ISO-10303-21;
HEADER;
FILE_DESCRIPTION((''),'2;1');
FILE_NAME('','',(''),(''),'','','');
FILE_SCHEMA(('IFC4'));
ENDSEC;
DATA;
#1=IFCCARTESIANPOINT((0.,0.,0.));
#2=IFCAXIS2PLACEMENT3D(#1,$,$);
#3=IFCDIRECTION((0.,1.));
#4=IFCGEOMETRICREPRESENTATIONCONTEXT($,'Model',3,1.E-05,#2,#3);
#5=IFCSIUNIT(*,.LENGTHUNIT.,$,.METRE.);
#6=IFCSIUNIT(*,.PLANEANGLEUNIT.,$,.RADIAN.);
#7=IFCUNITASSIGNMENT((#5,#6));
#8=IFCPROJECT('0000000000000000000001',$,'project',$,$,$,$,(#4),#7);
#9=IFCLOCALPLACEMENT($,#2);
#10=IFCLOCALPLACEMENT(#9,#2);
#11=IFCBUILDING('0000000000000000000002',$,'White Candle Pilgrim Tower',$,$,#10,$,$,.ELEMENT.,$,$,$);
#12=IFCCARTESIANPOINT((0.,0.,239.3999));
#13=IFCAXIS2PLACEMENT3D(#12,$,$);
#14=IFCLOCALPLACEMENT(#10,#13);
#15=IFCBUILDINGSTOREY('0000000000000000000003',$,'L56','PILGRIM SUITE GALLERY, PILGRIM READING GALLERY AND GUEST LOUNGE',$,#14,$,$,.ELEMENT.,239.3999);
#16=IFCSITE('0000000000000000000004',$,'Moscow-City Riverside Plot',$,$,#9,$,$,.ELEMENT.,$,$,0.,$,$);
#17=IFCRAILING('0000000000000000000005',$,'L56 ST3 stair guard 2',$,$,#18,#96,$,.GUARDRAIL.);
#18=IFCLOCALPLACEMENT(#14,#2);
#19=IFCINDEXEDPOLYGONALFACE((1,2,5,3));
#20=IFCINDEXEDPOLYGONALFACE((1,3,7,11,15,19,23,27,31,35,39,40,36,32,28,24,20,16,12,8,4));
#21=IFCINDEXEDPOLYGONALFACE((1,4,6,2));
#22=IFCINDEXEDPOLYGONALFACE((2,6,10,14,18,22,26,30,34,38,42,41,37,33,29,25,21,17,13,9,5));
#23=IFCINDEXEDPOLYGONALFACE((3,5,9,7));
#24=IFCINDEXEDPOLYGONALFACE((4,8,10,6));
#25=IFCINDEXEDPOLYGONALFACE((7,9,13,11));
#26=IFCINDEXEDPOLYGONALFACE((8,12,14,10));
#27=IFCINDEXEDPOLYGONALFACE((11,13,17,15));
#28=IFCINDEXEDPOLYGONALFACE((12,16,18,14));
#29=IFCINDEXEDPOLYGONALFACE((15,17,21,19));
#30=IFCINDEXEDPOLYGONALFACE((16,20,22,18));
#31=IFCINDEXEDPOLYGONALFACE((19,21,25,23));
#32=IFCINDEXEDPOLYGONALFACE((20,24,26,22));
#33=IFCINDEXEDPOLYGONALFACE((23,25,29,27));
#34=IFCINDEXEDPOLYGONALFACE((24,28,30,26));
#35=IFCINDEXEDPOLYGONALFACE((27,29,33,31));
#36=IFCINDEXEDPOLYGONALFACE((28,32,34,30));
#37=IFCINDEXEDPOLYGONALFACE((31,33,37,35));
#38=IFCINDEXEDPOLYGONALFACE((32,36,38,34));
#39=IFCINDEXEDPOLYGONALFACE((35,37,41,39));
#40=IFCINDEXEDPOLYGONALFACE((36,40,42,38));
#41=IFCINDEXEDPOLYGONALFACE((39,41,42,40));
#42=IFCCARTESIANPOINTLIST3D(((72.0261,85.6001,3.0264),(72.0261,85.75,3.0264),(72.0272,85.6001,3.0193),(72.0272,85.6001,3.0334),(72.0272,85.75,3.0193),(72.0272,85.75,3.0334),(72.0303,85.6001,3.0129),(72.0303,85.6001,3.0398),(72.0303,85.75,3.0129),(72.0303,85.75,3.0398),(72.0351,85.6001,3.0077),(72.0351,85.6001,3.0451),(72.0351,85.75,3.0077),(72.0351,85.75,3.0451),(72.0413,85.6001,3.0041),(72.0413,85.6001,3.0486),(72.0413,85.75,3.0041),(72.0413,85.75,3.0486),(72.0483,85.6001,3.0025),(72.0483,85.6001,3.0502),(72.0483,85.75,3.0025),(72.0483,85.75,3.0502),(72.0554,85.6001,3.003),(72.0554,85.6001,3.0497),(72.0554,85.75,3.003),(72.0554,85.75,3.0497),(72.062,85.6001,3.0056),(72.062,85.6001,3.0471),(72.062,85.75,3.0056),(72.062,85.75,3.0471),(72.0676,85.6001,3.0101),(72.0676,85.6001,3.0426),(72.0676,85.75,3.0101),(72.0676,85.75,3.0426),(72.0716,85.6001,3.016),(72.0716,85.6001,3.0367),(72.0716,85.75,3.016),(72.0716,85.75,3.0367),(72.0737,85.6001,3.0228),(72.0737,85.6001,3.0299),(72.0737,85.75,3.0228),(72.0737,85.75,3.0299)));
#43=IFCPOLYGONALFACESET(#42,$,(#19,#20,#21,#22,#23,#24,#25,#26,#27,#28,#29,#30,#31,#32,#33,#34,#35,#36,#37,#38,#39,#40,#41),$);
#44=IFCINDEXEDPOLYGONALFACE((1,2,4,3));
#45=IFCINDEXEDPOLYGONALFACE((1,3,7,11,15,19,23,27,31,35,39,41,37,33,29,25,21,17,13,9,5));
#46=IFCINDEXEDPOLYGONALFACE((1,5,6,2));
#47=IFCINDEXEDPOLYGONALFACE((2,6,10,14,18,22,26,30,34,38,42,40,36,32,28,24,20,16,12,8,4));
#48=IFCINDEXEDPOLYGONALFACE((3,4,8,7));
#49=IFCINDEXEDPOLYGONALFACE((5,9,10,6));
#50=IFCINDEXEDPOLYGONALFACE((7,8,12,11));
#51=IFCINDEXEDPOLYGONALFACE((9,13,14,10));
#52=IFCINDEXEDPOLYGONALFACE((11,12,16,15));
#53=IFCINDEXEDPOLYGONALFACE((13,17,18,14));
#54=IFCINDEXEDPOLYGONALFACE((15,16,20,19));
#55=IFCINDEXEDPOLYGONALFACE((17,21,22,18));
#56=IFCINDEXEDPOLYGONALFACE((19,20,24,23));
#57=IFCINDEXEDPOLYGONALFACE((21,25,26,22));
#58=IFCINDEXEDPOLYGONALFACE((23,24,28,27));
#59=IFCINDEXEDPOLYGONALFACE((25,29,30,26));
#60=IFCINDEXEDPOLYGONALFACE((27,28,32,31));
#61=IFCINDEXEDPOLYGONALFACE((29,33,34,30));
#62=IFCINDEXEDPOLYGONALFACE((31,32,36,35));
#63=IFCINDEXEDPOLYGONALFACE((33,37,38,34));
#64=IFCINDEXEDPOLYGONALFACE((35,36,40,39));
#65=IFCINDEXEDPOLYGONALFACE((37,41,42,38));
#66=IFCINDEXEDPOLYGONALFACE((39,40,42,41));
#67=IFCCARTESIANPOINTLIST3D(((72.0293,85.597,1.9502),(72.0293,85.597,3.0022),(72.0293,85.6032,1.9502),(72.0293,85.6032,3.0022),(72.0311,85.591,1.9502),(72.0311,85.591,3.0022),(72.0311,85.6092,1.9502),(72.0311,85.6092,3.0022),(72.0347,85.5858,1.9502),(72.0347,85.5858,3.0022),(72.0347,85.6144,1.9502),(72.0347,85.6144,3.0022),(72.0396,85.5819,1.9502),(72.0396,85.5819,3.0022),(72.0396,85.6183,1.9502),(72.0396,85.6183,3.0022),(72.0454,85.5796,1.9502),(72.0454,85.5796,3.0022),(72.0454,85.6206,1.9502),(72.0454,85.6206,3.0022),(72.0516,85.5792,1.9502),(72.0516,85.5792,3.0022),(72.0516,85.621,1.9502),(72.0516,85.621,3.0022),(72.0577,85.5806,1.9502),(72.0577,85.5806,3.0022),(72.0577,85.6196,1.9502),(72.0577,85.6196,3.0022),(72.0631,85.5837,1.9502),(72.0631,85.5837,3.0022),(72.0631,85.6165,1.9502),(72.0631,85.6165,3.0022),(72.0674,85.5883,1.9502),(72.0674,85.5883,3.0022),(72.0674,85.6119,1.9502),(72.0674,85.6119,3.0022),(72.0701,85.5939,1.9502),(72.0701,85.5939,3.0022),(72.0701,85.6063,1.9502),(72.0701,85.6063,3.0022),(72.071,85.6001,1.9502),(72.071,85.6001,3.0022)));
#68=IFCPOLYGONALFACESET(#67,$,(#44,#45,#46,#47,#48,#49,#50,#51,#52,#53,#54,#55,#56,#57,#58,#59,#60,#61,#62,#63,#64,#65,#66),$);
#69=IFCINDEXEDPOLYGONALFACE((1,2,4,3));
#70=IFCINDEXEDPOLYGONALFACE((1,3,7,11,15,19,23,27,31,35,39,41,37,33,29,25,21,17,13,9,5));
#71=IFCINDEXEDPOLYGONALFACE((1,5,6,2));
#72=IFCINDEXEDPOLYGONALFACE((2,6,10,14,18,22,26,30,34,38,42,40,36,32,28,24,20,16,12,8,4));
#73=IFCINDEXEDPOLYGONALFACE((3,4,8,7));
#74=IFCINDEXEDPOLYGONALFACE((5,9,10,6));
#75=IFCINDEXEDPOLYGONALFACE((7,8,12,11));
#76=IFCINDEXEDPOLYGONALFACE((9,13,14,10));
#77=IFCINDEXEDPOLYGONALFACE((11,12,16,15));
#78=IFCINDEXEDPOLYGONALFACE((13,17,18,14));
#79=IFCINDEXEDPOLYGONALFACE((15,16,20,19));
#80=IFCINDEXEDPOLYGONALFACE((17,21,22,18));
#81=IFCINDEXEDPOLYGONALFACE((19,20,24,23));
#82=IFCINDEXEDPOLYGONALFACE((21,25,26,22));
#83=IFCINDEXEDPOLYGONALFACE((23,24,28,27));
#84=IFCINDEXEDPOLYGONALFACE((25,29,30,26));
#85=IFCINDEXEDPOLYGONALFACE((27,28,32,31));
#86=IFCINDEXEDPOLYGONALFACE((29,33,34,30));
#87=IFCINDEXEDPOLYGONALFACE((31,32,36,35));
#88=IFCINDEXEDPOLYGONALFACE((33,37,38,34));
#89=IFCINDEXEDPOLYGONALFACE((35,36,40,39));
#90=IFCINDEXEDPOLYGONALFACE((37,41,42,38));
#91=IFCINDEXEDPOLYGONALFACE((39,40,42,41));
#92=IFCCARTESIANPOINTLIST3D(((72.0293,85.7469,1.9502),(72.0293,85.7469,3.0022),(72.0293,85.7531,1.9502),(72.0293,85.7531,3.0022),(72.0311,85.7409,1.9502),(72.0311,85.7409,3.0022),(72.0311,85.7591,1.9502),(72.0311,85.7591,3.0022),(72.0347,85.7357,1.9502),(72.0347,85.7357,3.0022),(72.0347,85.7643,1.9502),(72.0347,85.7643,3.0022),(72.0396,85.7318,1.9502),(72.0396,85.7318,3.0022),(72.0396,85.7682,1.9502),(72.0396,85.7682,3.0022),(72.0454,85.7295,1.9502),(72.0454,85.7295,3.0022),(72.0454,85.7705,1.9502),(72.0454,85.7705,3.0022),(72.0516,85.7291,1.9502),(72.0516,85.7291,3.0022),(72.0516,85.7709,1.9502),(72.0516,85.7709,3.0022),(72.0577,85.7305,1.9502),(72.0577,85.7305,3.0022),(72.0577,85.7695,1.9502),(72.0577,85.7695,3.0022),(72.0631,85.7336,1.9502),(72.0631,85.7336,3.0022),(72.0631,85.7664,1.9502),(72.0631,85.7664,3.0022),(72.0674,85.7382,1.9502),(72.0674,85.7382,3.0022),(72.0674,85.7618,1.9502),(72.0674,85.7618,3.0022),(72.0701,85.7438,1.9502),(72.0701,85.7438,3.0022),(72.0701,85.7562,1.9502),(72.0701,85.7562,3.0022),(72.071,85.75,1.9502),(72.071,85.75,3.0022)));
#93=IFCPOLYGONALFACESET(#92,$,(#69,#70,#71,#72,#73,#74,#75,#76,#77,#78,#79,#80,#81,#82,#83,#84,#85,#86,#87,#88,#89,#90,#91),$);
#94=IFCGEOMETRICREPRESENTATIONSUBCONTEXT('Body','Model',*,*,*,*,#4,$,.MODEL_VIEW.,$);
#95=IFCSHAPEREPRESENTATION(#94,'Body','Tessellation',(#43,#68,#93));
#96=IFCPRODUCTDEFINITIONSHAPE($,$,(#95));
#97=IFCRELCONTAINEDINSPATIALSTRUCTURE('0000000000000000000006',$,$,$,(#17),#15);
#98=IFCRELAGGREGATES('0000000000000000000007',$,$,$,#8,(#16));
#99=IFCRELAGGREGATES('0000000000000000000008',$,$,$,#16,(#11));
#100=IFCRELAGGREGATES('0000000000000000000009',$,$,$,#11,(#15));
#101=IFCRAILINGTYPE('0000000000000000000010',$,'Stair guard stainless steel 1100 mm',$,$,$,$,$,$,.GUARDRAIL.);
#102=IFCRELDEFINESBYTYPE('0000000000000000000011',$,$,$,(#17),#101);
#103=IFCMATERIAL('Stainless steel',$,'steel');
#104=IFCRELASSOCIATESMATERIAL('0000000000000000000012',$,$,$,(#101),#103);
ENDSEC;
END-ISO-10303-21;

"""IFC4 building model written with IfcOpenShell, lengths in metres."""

from ifc_helpers import new_model, si_unit, direction, frame, origin, origin_2d, place, context, subcontext, project, spatial, circle, extrude, material, type_object, element, save


model = new_model("IFC4")

# Units and contexts
model_context = context("Model", 3, precision=1e-05, world=origin(), true_north=direction((0.0, 1.0)))
body_context = subcontext(model_context, "Body", "Model", "MODEL_VIEW")
ifc_project = project(units=[si_unit("LENGTHUNIT", "METRE"), si_unit("PLANEANGLEUNIT", "RADIAN")], contexts=[model_context])

# Site, building, storey
site_placement = place(None, origin())
site = spatial("IfcSite", under=ifc_project, at=site_placement, Name="Moscow-City Riverside Plot", CompositionType="ELEMENT", RefElevation=0.0)
building_placement = place(site_placement, origin())
building = spatial("IfcBuilding", under=site, at=building_placement, Name="White Candle Pilgrim Tower", CompositionType="ELEMENT")
storey_placement = place(building_placement, frame((0.0, 0.0, 239.3999)))
storey = spatial("IfcBuildingStorey", under=building, at=storey_placement, Name="L56", Description="PILGRIM SUITE GALLERY, PILGRIM READING GALLERY AND GUEST LOUNGE", CompositionType="ELEMENT", Elevation=239.3999)

# Shared definitions
ifc_material_1 = material(Name="Stainless steel", Category="steel")

# Railing
railing_type_1 = type_object("IfcRailingType", Name="Stair guard stainless steel 1100 mm", PredefinedType="GUARDRAIL", material=ifc_material_1)
railing_1_placement = place(storey_placement, frame((72.05, 85.6001, 1.9502)))
element("IfcRailing", 1, at=railing_1_placement, inside=storey, type_object=railing_type_1, Name="L56 ST3 stair guard 2", PredefinedType="GUARDRAIL", context=body_context, shape_type="SweptSolid", body=[
    extrude(circle(Radius=0.0239, at=origin_2d()), frame((0.0, 0.0, 1.0762), z_axis=(0.0, 1.0, 0.0), x_axis=(-1.0, 0.0, 0.0)), (0.0, 0.0, 1.0), 0.1499),
    extrude(circle(Radius=0.021, at=origin_2d()), origin(), (0.0, 0.0, 1.0), 1.052),
    extrude(circle(Radius=0.021, at=origin_2d()), frame((0.0, 0.1499, 0.0)), (0.0, 0.0, 1.0), 1.052),
])

save(model, "model.ifc")
